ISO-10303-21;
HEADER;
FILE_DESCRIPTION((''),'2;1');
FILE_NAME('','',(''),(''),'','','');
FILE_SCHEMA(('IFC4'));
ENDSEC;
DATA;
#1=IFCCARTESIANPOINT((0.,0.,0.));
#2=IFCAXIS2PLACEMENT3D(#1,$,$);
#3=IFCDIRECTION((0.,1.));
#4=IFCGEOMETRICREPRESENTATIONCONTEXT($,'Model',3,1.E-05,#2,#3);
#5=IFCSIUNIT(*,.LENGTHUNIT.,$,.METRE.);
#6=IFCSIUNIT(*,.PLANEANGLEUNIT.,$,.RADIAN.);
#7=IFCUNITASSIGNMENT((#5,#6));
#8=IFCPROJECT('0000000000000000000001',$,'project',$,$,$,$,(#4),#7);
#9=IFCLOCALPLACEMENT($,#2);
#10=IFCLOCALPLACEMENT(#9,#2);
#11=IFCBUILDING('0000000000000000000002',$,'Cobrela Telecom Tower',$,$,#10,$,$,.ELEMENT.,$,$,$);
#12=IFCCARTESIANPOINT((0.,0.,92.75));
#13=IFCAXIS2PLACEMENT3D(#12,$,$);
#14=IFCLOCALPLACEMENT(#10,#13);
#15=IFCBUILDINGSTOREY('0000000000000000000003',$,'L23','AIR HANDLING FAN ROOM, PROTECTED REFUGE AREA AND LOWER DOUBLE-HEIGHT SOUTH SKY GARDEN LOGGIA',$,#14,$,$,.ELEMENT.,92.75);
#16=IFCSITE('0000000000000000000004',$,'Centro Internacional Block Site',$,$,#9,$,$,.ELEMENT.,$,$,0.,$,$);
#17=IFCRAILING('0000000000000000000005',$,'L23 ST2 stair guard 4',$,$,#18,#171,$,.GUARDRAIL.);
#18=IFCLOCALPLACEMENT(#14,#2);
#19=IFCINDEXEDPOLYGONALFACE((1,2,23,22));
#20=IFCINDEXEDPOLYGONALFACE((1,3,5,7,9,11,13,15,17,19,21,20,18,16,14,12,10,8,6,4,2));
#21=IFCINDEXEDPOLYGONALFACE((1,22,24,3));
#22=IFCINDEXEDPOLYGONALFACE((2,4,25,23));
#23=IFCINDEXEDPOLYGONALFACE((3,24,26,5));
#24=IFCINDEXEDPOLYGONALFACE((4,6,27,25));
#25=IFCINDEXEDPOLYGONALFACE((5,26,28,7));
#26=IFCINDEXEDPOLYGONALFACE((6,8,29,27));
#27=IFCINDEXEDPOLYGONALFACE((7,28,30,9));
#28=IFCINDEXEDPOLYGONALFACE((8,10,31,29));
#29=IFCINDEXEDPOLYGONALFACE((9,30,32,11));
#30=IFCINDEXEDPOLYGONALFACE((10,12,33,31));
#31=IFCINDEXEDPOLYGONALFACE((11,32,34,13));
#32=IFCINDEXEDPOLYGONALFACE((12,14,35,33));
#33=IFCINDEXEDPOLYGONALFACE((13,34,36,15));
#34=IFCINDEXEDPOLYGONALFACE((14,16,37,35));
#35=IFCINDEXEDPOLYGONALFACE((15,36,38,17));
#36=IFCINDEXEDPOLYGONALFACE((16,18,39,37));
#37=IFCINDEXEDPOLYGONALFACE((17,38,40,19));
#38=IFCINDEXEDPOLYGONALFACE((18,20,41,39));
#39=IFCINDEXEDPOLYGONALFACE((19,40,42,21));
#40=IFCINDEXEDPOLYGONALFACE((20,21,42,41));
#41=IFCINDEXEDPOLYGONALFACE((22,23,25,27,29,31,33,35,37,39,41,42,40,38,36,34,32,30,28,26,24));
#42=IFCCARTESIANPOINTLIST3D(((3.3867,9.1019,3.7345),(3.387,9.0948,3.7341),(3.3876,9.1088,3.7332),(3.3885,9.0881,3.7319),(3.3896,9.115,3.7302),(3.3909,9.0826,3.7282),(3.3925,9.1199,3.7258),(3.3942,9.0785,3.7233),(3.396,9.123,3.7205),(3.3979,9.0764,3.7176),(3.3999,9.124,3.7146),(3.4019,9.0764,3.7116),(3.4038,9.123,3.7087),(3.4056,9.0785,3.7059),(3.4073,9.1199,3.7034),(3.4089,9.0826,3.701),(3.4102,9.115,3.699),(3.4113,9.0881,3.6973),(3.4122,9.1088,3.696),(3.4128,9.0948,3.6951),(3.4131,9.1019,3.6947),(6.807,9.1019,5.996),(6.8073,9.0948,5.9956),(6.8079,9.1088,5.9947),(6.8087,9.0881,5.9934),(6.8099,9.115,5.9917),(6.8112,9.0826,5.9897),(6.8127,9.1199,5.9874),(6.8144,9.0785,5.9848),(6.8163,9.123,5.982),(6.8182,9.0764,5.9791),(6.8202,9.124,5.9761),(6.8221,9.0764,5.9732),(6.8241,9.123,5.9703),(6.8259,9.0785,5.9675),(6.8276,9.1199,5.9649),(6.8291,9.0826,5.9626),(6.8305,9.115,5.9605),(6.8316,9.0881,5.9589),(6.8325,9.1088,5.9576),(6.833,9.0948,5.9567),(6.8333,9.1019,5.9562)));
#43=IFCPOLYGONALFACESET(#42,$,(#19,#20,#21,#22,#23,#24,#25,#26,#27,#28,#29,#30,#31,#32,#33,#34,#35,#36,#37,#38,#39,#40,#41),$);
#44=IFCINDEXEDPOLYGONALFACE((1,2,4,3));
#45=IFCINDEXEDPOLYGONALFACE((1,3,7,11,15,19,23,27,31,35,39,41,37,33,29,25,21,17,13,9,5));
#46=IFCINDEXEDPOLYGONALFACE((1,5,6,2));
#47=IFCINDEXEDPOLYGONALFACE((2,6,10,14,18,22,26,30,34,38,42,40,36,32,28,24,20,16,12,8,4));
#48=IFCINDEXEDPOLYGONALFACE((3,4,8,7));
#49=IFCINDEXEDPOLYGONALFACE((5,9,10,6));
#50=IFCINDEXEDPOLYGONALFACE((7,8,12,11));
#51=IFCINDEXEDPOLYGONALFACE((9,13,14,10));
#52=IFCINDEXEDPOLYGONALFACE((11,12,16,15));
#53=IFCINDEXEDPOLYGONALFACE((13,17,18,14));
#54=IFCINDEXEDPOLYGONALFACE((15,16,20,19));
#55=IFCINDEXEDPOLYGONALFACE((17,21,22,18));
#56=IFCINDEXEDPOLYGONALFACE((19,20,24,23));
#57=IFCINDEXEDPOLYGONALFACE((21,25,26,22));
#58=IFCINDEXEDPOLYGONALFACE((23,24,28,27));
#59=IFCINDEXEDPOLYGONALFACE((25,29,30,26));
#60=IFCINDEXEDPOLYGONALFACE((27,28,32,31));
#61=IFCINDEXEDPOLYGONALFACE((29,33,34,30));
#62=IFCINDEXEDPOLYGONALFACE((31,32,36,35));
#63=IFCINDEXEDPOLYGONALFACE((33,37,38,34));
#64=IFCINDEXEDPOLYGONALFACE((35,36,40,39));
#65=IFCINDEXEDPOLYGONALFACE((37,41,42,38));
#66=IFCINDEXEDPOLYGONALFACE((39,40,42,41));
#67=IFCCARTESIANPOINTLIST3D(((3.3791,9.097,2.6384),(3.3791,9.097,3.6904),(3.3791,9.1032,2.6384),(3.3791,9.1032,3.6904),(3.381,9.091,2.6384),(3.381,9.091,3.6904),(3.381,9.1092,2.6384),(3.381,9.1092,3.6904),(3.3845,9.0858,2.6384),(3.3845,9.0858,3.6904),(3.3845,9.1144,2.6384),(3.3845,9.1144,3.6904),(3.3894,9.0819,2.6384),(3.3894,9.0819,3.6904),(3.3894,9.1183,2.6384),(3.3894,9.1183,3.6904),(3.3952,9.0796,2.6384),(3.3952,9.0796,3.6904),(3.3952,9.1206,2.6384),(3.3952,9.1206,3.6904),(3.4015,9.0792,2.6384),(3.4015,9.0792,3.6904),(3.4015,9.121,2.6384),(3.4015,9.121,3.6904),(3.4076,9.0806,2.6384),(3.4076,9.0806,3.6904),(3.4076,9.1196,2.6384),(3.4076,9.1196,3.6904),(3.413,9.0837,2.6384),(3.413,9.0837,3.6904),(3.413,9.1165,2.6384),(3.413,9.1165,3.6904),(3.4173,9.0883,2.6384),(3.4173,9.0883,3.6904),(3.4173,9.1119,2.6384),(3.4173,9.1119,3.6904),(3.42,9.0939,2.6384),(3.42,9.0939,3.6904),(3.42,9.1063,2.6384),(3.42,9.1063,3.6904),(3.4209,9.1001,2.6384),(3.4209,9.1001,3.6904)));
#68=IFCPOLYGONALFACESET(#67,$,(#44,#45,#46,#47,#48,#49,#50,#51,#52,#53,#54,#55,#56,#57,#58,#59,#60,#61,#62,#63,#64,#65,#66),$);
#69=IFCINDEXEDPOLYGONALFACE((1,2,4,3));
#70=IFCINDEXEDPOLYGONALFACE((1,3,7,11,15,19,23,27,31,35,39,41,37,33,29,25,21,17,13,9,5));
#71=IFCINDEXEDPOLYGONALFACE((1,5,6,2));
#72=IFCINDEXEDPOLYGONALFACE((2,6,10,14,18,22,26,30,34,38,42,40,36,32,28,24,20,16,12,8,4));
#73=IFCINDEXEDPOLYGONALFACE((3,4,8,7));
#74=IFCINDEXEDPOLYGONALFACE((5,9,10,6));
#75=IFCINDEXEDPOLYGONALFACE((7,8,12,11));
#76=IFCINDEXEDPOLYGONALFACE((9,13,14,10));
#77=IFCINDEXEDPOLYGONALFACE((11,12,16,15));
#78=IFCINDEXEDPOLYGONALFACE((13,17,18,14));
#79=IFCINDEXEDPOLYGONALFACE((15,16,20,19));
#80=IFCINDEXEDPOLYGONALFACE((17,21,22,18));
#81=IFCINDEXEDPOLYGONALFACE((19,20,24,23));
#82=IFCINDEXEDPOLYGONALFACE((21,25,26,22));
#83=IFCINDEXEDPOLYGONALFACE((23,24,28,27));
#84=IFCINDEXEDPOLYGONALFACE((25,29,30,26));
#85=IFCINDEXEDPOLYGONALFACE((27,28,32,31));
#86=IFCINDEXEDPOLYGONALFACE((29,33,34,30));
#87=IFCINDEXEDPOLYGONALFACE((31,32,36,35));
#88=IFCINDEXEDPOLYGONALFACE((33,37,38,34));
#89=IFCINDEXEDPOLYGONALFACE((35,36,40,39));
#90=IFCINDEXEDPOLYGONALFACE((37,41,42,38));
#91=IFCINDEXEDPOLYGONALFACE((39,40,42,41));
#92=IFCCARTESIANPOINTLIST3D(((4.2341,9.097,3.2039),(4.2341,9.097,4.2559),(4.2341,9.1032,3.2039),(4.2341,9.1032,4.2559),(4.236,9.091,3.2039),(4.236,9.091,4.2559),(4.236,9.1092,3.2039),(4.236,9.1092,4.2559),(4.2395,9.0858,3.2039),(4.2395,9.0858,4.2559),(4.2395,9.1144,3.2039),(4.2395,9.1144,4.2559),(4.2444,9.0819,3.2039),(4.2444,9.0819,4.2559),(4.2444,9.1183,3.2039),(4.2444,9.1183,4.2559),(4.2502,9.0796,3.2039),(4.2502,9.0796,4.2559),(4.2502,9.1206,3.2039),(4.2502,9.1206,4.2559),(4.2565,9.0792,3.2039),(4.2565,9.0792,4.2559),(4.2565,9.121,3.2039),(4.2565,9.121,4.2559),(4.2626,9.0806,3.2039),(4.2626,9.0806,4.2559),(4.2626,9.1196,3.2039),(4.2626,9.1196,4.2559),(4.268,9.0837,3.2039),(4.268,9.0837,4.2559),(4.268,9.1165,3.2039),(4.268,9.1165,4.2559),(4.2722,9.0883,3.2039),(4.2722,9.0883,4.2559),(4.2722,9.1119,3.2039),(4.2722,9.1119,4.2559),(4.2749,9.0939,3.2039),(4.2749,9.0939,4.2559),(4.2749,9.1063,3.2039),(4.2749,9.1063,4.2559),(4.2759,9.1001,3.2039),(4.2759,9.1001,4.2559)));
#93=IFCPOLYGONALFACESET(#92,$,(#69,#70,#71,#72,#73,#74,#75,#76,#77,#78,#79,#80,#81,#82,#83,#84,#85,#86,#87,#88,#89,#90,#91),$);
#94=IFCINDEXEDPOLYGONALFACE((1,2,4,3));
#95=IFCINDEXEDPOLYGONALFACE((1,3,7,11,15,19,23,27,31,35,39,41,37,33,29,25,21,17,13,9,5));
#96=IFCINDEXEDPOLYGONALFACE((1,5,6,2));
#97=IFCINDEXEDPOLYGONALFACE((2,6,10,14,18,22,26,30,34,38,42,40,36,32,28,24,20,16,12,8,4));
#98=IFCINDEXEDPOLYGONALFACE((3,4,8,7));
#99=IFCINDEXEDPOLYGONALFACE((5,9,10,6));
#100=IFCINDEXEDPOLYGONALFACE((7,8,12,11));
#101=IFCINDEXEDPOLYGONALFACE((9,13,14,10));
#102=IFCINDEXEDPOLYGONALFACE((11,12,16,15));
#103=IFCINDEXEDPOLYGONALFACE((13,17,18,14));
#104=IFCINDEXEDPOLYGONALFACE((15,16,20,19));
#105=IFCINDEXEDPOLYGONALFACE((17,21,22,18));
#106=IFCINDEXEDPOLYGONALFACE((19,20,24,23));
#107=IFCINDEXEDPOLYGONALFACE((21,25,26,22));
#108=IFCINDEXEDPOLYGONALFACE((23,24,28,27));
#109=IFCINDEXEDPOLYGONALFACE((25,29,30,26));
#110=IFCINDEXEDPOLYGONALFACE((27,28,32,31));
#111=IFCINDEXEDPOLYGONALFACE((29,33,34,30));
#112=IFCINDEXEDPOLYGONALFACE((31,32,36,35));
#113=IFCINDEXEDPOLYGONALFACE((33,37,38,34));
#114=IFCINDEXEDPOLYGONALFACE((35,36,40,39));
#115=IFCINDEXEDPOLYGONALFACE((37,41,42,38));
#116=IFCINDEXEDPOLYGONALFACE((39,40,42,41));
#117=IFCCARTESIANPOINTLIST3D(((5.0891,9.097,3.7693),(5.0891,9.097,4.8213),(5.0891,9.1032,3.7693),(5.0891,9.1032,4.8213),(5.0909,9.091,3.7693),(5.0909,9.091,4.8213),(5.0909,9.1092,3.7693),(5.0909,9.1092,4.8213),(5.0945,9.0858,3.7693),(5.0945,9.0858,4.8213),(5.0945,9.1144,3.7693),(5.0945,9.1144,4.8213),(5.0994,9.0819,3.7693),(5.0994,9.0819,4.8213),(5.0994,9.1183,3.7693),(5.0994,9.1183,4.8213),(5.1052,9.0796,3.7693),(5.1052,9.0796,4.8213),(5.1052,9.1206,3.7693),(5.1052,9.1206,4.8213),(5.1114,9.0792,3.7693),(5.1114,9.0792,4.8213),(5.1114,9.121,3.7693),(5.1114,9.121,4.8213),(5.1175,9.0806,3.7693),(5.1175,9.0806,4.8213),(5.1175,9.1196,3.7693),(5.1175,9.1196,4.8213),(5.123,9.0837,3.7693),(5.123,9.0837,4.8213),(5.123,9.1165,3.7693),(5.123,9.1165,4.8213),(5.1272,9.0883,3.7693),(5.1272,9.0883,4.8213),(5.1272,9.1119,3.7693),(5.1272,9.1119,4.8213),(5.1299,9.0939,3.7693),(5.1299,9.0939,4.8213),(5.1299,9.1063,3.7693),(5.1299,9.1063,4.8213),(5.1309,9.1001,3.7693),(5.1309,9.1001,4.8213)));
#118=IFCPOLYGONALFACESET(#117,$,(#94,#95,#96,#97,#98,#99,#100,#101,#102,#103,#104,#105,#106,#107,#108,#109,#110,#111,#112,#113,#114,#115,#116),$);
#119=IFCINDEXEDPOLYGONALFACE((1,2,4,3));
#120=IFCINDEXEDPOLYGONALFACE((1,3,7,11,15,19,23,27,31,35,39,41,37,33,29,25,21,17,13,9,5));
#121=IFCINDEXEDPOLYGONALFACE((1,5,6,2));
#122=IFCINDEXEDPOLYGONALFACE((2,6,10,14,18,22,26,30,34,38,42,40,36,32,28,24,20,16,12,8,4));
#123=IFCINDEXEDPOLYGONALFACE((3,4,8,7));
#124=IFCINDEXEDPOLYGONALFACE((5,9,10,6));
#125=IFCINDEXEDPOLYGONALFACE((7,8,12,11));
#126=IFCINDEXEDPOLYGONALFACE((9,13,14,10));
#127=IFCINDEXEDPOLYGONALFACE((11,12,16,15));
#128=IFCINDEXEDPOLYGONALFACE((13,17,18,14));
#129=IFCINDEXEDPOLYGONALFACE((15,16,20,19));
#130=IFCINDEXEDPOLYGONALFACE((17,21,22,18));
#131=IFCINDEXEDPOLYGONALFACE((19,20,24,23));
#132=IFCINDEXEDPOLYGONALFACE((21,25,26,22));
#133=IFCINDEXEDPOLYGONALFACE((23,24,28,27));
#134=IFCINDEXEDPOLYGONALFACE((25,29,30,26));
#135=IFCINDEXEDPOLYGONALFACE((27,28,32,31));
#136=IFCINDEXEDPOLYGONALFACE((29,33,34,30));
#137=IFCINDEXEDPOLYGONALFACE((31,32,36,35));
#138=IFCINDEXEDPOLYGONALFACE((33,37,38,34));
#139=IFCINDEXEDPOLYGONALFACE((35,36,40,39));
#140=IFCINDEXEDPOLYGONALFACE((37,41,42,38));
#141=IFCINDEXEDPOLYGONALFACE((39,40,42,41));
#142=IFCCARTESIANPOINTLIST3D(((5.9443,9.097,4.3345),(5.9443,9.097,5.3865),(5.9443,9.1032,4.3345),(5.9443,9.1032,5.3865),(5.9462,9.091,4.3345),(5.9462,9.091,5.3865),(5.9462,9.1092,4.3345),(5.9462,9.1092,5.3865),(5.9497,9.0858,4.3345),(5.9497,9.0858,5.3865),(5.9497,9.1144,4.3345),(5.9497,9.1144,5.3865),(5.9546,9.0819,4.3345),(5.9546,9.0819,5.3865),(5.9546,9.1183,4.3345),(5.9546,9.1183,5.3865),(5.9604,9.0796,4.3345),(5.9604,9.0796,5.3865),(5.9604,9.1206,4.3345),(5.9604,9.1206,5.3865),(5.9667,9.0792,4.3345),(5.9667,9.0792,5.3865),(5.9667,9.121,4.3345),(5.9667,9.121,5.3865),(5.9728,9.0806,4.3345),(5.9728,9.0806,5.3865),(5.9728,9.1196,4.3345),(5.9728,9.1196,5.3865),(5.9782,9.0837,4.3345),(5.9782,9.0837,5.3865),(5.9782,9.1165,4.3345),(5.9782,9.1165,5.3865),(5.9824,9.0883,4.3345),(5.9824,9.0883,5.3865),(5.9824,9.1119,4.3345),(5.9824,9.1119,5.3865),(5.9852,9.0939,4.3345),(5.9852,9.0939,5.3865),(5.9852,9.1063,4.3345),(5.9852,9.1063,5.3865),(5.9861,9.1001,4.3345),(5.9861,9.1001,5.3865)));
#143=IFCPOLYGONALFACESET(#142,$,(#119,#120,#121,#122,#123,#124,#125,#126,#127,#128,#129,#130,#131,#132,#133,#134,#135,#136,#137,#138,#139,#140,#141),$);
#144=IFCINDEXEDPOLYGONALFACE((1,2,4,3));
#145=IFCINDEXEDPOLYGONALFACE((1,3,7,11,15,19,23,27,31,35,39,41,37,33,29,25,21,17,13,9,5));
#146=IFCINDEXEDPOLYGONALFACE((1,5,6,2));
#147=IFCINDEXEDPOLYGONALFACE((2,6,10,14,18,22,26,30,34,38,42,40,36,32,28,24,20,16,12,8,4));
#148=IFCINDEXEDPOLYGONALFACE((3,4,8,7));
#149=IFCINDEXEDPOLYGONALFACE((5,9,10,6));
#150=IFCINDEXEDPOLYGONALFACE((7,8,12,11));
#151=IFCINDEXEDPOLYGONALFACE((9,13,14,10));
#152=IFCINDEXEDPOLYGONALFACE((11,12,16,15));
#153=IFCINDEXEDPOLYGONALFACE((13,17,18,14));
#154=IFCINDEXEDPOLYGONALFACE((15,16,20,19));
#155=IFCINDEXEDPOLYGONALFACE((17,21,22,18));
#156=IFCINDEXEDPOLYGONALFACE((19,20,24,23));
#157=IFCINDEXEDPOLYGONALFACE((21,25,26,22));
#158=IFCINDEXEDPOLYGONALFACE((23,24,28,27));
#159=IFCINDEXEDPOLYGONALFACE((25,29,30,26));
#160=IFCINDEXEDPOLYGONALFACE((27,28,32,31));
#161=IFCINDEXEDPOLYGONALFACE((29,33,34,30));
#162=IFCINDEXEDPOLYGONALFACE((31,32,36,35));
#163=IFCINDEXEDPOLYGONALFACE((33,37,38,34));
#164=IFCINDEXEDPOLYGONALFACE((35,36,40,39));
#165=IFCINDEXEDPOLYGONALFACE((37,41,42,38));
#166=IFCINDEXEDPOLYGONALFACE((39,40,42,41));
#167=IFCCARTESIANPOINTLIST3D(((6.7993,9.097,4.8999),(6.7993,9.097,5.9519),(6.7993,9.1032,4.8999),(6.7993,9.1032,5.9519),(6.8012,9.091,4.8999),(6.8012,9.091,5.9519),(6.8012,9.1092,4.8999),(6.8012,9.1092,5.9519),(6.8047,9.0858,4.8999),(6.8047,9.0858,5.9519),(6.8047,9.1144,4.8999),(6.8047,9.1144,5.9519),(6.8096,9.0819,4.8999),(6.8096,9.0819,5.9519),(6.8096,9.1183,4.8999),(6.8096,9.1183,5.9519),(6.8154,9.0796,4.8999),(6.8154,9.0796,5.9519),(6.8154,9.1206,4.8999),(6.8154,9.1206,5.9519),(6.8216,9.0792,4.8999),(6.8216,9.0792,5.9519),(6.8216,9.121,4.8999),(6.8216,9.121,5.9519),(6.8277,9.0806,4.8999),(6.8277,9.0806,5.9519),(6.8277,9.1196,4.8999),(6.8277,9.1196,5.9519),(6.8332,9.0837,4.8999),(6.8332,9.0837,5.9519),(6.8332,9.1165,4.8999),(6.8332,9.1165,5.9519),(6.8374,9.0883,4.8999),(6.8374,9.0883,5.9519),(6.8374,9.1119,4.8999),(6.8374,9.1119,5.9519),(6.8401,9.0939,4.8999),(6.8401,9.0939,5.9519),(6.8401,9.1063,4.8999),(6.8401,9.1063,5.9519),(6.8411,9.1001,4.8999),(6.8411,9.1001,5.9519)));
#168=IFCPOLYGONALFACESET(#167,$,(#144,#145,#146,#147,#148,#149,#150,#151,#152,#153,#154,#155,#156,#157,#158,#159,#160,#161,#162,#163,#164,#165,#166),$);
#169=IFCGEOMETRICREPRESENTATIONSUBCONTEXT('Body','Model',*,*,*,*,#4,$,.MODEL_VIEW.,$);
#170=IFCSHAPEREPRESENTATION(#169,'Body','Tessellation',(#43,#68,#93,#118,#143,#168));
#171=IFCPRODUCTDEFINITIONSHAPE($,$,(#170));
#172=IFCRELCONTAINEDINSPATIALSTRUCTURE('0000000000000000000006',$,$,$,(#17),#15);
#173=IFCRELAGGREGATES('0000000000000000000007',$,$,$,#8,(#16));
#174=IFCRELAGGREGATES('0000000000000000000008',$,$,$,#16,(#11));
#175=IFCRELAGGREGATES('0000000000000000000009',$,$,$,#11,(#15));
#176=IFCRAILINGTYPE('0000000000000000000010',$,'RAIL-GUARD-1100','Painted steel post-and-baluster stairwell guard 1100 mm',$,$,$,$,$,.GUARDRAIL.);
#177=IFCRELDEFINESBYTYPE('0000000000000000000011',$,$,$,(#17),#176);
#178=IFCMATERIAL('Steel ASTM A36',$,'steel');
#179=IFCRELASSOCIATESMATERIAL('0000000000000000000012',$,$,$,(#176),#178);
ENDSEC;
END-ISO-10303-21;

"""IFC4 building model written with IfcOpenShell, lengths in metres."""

from ifc_helpers import new_model, si_unit, direction, frame, origin, origin_2d, place, context, subcontext, project, spatial, circle, extrude, material, type_object, element, save


model = new_model("IFC4")

# Units and contexts
model_context = context("Model", 3, precision=1e-05, world=origin(), true_north=direction((0.0, 1.0)))
body_context = subcontext(model_context, "Body", "Model", "MODEL_VIEW")
ifc_project = project(units=[si_unit("LENGTHUNIT", "METRE"), si_unit("PLANEANGLEUNIT", "RADIAN")], contexts=[model_context])

# Site, building, storey
site_placement = place(None, origin())
site = spatial("IfcSite", under=ifc_project, at=site_placement, Name="Centro Internacional Block Site", CompositionType="ELEMENT", RefElevation=0.0)
building_placement = place(site_placement, origin())
building = spatial("IfcBuilding", under=site, at=building_placement, Name="Cobrela Telecom Tower", CompositionType="ELEMENT")
storey_placement = place(building_placement, frame((0.0, 0.0, 92.75)))
storey = spatial("IfcBuildingStorey", under=building, at=storey_placement, Name="L23", Description="AIR HANDLING FAN ROOM, PROTECTED REFUGE AREA AND LOWER DOUBLE-HEIGHT SOUTH SKY GARDEN LOGGIA", CompositionType="ELEMENT", Elevation=92.75)

# Railing
ifc_material_1 = material(Name="Steel ASTM A36", Category="steel")
railing_type_1 = type_object("IfcRailingType", Name="RAIL-GUARD-1100", Description="Painted steel post-and-baluster stairwell guard 1100 mm", PredefinedType="GUARDRAIL", material=ifc_material_1)
railing_1_placement = place(storey_placement, frame((3.3999, 9.1001, 2.6384)))
element("IfcRailing", 1, at=railing_1_placement, inside=storey, type_object=railing_type_1, Name="L23 ST2 stair guard 4", PredefinedType="GUARDRAIL", context=body_context, shape_type="SweptSolid", body=[
    extrude(circle(Radius=0.0239, at=origin_2d()), frame((0.0, 0.0, 1.0762), z_axis=(0.834142, 0.0, 0.55155), x_axis=(0.0, 1.0, 0.0)), (0.0, 0.0, 1.0), 4.1003),
    extrude(circle(Radius=0.021, at=origin_2d()), origin(), (0.0, 0.0, 1.0), 1.052),
    extrude(circle(Radius=0.021, at=origin_2d()), frame((0.855, 0.0, 0.5654)), (0.0, 0.0, 1.0), 1.052),
    extrude(circle(Radius=0.021, at=origin_2d()), frame((1.71, 0.0, 1.1309)), (0.0, 0.0, 1.0), 1.052),
    extrude(circle(Radius=0.021, at=origin_2d()), frame((2.5652, 0.0, 1.696)), (0.0, 0.0, 1.0), 1.052),
    extrude(circle(Radius=0.021, at=origin_2d()), frame((3.4202, 0.0, 2.2615)), (0.0, 0.0, 1.0), 1.052),
])

save(model, "model.ifc")
